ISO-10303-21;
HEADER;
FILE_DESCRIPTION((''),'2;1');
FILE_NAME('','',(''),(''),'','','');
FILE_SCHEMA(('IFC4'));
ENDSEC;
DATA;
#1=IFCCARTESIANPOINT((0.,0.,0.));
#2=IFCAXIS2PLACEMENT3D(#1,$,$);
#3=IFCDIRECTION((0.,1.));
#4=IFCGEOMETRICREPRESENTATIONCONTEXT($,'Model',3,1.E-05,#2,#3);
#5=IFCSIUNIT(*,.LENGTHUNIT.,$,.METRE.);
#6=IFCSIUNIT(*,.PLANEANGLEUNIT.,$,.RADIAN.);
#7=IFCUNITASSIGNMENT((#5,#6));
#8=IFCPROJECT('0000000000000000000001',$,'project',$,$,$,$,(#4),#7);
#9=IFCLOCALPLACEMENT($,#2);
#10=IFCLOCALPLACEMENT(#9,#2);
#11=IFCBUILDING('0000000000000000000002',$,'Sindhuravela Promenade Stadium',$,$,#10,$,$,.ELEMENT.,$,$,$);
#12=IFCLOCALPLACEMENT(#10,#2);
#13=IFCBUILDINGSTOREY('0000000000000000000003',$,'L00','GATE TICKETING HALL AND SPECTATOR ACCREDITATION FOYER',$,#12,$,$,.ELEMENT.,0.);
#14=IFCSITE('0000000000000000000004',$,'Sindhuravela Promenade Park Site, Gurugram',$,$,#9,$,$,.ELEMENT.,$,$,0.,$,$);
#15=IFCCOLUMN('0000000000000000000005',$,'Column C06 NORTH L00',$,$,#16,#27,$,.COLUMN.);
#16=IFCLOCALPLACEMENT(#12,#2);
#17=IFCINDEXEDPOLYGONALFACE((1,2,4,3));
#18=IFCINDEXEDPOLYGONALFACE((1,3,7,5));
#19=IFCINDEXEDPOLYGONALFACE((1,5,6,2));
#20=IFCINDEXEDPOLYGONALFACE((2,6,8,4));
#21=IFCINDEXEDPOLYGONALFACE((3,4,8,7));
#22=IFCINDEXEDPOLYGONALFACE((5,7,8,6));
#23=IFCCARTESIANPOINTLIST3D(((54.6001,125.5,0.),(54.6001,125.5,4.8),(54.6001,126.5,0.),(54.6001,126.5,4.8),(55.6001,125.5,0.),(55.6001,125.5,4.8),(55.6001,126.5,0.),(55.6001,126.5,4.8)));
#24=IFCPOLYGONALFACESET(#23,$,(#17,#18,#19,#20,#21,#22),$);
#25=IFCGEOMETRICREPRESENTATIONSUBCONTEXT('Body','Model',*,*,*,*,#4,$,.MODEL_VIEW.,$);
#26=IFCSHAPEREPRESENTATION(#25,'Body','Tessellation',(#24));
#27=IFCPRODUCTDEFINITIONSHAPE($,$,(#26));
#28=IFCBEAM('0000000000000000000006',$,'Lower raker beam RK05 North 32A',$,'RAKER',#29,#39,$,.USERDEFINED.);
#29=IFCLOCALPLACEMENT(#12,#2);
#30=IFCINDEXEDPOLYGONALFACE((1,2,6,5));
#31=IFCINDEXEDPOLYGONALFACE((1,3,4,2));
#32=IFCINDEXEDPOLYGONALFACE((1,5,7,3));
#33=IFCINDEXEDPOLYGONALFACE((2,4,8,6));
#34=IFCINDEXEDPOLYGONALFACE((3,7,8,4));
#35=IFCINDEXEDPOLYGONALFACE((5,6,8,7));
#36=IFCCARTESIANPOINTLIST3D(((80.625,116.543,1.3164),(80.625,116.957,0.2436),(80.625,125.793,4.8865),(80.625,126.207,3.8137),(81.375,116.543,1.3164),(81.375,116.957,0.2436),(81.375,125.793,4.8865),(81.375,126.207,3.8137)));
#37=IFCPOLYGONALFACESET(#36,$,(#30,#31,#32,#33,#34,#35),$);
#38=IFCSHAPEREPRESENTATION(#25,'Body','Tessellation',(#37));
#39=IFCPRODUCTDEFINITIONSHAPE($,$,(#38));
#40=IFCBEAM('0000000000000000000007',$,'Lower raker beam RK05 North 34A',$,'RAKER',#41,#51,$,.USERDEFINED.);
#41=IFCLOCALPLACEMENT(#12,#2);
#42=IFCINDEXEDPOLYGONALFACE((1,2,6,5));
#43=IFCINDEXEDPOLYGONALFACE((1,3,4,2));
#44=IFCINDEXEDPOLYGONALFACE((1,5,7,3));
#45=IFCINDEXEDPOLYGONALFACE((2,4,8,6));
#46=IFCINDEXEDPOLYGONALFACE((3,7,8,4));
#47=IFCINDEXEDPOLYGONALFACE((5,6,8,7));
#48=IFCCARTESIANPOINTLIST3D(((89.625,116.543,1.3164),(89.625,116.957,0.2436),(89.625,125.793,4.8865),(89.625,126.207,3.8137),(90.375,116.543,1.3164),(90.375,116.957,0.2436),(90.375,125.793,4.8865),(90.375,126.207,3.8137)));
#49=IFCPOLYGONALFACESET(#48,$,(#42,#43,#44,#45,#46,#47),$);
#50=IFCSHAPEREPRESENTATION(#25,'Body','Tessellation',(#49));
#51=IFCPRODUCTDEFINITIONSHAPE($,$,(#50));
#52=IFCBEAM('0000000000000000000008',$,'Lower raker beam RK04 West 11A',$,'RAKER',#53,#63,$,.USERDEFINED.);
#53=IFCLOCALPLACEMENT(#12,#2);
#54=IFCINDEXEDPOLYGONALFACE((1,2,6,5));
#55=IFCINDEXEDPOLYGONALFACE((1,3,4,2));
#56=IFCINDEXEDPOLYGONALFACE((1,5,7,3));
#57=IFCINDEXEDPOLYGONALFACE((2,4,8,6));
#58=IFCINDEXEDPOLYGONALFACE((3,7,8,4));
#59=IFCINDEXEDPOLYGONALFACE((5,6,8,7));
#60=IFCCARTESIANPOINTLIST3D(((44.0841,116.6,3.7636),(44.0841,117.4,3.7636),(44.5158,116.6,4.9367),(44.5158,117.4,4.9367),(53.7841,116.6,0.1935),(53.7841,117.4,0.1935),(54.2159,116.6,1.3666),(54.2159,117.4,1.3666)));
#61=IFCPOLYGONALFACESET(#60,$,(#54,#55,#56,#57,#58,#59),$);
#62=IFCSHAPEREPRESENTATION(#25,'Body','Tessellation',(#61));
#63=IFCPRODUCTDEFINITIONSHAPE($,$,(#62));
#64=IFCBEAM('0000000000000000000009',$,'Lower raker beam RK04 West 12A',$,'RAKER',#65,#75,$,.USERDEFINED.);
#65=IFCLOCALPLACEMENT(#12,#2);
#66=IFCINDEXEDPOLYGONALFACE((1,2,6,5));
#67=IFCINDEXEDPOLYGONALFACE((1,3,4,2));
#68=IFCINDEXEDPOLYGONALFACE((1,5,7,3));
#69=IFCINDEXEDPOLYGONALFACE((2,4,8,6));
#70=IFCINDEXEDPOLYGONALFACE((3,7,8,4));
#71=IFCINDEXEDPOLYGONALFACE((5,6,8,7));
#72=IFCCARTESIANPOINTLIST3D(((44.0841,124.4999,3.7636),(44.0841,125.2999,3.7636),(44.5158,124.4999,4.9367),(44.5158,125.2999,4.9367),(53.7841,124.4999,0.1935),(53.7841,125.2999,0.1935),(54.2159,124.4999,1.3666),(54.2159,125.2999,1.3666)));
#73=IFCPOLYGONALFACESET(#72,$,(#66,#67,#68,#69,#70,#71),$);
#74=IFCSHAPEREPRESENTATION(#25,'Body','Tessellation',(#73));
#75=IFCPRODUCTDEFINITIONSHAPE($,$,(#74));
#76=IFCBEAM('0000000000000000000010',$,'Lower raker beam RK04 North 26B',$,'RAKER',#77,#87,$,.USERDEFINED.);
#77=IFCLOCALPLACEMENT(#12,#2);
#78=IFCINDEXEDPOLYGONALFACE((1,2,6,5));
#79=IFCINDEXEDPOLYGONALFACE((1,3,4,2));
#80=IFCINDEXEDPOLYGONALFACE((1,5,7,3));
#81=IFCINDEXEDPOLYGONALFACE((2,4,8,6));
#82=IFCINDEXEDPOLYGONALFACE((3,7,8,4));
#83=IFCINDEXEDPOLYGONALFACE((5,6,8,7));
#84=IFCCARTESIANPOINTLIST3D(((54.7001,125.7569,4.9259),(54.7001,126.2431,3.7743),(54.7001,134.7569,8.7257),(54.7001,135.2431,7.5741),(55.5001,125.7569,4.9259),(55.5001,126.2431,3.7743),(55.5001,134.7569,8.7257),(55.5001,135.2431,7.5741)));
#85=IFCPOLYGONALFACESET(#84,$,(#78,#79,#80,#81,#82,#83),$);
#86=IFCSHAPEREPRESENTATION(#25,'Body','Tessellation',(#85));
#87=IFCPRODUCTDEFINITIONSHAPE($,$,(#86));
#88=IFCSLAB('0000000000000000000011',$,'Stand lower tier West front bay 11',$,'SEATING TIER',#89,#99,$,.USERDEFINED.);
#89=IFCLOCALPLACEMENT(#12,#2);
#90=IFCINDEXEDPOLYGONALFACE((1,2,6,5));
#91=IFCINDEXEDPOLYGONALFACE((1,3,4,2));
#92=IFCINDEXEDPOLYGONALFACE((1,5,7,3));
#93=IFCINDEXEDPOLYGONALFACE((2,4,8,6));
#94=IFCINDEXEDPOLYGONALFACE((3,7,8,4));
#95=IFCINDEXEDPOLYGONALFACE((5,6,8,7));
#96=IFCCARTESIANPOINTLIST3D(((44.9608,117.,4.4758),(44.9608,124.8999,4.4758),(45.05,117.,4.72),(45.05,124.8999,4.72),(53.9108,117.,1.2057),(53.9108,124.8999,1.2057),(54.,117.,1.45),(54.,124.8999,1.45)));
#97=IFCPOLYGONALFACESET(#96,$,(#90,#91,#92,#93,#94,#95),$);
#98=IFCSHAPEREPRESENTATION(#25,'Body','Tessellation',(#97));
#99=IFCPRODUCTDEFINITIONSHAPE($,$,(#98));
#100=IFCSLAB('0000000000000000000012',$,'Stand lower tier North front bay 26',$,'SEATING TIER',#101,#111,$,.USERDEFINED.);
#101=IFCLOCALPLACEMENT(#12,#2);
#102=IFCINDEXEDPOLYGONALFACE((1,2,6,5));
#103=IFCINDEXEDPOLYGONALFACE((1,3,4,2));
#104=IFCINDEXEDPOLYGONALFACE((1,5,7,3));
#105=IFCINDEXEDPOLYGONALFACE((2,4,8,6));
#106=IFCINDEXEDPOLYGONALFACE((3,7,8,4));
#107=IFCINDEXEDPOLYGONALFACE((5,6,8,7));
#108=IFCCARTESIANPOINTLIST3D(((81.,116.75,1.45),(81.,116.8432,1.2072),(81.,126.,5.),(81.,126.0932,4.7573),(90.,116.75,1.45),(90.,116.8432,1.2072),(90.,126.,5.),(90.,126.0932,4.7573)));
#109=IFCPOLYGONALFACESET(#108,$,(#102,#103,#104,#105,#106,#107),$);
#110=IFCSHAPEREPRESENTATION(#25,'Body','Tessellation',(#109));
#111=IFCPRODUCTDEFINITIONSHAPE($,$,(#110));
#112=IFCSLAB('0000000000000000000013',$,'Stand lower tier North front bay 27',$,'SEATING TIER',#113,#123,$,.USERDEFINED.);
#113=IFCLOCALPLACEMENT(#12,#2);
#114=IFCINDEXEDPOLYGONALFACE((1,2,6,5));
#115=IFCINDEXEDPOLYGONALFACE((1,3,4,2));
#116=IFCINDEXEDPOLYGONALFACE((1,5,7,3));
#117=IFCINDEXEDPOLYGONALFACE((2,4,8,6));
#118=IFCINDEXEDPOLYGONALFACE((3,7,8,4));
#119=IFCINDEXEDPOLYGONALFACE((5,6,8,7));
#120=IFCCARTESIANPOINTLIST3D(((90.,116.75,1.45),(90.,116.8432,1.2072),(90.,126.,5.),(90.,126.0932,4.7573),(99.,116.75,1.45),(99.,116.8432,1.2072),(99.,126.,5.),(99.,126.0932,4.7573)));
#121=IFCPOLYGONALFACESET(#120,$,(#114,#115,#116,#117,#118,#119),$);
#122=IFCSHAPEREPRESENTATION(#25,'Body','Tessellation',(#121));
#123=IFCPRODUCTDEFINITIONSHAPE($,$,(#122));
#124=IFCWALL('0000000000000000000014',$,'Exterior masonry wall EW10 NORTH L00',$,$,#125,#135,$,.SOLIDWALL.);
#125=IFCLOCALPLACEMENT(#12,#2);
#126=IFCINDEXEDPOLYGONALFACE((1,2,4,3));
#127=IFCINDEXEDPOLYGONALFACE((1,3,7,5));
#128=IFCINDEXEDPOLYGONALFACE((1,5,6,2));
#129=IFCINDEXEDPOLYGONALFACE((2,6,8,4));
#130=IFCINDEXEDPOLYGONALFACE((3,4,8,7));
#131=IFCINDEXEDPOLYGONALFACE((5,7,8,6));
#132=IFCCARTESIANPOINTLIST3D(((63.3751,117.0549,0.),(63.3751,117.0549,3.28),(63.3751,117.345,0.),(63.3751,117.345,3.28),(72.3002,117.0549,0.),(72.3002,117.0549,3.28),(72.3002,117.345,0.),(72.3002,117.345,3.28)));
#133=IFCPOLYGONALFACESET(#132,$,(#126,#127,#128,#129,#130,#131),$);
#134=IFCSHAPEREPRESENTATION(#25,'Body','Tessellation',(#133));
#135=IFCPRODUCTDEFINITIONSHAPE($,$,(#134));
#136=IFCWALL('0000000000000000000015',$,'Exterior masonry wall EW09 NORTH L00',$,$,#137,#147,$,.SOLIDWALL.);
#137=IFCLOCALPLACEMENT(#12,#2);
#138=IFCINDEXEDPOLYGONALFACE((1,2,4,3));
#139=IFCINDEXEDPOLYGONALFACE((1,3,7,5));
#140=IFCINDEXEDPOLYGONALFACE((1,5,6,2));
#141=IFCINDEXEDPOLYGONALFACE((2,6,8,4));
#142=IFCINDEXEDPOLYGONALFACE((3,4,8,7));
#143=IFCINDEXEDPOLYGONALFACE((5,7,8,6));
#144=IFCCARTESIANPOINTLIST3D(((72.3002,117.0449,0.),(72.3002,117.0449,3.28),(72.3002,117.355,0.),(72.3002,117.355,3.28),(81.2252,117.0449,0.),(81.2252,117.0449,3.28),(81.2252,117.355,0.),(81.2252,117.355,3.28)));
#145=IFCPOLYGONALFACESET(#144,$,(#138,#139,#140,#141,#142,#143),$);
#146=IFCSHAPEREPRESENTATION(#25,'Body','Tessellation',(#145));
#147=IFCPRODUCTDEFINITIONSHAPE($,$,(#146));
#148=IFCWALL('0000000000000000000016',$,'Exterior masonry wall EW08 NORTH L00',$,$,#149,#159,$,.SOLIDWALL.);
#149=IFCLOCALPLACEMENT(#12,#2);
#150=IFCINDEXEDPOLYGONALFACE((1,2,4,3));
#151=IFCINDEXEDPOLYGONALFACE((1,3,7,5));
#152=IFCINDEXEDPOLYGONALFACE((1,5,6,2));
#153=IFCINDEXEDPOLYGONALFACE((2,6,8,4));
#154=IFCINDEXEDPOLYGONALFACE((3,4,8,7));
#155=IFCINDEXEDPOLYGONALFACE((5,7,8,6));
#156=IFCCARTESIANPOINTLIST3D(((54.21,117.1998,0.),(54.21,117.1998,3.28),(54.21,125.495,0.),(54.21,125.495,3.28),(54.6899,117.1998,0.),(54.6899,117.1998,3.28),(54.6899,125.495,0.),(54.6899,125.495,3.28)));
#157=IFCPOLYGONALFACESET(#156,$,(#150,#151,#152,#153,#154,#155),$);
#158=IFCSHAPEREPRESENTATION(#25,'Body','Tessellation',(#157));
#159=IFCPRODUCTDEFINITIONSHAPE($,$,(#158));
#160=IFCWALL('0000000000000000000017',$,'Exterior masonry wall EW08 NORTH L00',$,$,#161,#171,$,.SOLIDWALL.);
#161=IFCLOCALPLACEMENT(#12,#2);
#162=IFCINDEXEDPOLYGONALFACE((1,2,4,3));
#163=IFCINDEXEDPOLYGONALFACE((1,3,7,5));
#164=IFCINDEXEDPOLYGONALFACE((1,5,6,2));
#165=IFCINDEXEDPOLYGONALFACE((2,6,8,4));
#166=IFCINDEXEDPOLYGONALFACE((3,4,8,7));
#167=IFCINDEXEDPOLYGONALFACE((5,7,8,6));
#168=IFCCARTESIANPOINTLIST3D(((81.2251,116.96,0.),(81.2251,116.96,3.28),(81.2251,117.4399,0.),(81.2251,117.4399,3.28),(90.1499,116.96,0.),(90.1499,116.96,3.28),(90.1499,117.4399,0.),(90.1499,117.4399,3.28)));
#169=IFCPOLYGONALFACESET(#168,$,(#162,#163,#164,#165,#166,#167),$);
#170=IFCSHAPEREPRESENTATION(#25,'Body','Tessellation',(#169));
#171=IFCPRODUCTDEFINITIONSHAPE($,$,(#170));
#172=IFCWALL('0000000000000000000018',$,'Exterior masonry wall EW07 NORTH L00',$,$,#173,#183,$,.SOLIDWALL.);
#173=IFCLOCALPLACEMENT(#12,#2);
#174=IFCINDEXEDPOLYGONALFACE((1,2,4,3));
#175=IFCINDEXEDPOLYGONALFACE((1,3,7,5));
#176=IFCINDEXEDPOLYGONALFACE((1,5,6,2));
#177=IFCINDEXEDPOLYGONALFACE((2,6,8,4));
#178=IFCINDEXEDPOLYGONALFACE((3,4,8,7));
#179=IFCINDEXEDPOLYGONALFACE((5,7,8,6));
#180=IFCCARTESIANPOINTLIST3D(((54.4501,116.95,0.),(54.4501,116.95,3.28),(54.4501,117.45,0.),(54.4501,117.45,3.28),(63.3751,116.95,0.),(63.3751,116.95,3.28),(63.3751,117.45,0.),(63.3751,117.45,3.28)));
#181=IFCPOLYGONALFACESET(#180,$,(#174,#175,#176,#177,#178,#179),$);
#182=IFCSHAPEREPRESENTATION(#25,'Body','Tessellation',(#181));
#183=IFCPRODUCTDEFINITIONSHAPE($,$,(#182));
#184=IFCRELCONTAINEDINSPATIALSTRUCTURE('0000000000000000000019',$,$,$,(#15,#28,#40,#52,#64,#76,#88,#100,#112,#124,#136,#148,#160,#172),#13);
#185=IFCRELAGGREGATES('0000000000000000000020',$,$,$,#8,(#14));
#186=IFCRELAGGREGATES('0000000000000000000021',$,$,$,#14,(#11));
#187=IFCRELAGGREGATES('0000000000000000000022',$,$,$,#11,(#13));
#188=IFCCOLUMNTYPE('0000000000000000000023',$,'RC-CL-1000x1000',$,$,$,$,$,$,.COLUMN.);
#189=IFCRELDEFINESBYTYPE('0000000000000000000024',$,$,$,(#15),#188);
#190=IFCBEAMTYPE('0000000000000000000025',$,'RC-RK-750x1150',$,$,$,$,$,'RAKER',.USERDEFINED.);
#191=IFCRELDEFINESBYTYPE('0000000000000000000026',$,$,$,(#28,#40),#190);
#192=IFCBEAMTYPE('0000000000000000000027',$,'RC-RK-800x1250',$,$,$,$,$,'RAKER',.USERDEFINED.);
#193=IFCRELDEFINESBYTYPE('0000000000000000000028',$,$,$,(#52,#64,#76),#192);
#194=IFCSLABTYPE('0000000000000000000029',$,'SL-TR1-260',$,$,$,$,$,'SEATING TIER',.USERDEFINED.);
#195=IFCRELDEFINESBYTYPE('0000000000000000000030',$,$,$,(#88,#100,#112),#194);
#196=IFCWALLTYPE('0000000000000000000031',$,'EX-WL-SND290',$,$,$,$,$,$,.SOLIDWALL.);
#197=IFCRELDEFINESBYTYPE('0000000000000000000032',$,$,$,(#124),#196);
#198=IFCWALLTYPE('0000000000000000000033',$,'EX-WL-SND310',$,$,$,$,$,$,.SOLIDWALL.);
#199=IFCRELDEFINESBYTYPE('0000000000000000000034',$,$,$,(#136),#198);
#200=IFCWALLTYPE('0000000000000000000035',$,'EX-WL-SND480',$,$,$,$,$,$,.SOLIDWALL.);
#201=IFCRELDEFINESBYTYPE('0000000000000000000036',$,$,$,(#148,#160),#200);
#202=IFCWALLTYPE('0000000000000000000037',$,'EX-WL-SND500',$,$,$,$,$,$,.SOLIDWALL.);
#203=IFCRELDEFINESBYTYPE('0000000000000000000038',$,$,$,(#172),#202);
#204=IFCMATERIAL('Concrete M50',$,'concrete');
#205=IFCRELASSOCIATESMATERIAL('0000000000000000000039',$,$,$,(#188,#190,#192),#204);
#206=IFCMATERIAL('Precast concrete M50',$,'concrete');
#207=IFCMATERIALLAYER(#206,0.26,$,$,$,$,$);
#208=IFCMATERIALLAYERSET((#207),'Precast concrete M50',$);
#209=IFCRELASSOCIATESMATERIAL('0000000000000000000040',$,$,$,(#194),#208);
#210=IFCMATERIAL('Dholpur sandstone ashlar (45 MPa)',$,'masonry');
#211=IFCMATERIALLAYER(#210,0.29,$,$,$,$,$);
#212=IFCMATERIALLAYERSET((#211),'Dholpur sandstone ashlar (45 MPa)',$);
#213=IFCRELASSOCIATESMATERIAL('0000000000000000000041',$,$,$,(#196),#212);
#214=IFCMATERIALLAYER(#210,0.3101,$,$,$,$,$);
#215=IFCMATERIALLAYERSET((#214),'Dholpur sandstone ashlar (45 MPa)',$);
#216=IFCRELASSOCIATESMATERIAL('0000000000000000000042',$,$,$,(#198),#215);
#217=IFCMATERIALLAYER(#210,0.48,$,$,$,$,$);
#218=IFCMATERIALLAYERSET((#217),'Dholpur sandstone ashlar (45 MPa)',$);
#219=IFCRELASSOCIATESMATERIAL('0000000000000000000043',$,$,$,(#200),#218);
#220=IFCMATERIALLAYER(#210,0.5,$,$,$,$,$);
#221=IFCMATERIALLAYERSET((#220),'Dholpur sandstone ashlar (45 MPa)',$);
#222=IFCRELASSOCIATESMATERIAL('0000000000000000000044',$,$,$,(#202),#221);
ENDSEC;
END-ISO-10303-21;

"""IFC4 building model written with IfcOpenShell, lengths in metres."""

from ifc_helpers import new_model, si_unit, direction, frame, frame_2d, origin, origin_2d, place, context, subcontext, project, spatial, polyline, rectangle, outline, extrude, material, layer, layer_set, material_profile, profile_set, type_object, element, save


model = new_model("IFC4")

# Units and contexts
model_context = context("Model", 3, precision=1e-05, world=origin(), true_north=direction((0.0, 1.0)))
body_context = subcontext(model_context, "Body", "Model", "MODEL_VIEW")
ifc_project = project(units=[si_unit("LENGTHUNIT", "METRE"), si_unit("PLANEANGLEUNIT", "RADIAN")], contexts=[model_context])

# Site, building, storey
site_placement = place(None, origin())
site = spatial("IfcSite", under=ifc_project, at=site_placement, Name="Sindhuravela Promenade Park Site, Gurugram", CompositionType="ELEMENT", RefElevation=0.0)
building_placement = place(site_placement, origin())
building = spatial("IfcBuilding", under=site, at=building_placement, Name="Sindhuravela Promenade Stadium", CompositionType="ELEMENT")
storey_placement = place(building_placement, origin())
storey = spatial("IfcBuildingStorey", under=building, at=storey_placement, Name="L00", Description="GATE TICKETING HALL AND SPECTATOR ACCREDITATION FOYER", CompositionType="ELEMENT", Elevation=0.0)

# Column
ifc_material_1 = material(Name="Concrete M50", Category="concrete")
ifc_material_profile_1 = material_profile(ifc_material_1, rectangle(XDim=1.0, YDim=1.0, at=origin_2d()), Name="RC 1000x1000")
ifc_profile_set_1 = profile_set([ifc_material_profile_1], Name="Concrete M50")
column_type = type_object("IfcColumnType", Name="RC-CL-1000x1000", PredefinedType="COLUMN", material=ifc_profile_set_1)
column_placement = place(storey_placement, frame((55.1001, 126.0, 0.0), z_axis=(0.0, 0.0, 1.0), x_axis=(1.0, 0.0, 0.0)))
element("IfcColumn", 1, at=column_placement, inside=storey, type_object=column_type, Name="Column C06 NORTH L00", PredefinedType="COLUMN", context=body_context, shape_type="SweptSolid", body=[
    extrude(rectangle(XDim=1.0, YDim=1.0, at=origin_2d()), origin(), (0.0, 0.0, 1.0), 4.8),
])

# Beams
ifc_material_profile_2 = material_profile(ifc_material_1, rectangle(XDim=0.75, YDim=1.1499, at=origin_2d()), Name="RC 750x1150")
ifc_profile_set_2 = profile_set([ifc_material_profile_2], Name="Concrete M50")
beam_type_1 = type_object("IfcBeamType", Name="RC-RK-750x1150", ElementType="RAKER", PredefinedType="USERDEFINED", material=ifc_profile_set_2)
for number, where, z_axis, x_axis, name in (
    (2, (81.0, 116.75, 0.78), (0.0, 0.932927, 0.360066), (-1.0, 0.0, 0.0), "Lower raker beam RK05 North 32A"),
    (3, (90.0, 116.75, 0.78), (0.0, 0.932927, 0.360066), (-1.0, 0.0, 0.0), "Lower raker beam RK05 North 34A"),
):
    element("IfcBeam", number, at=place(storey_placement, frame(where, z_axis=z_axis, x_axis=x_axis)), inside=storey, type_object=beam_type_1, Name=name, ObjectType="RAKER", PredefinedType="USERDEFINED", context=body_context, shape_type="SweptSolid", body=[
        extrude(rectangle(XDim=0.75, YDim=1.1499, at=origin_2d()), origin(), (0.0, 0.0, 1.0), 9.915),
    ])
ifc_material_profile_3 = material_profile(ifc_material_1, rectangle(XDim=0.8, YDim=1.25, at=origin_2d()), Name="RC 800x1250")
ifc_profile_set_3 = profile_set([ifc_material_profile_3], Name="Concrete M50")
beam_type_2 = type_object("IfcBeamType", Name="RC-RK-800x1250", ElementType="RAKER", PredefinedType="USERDEFINED", material=ifc_profile_set_3)
for number, where, z_axis, x_axis, name in (
    (4, (54.0, 117.0, 0.78), (-0.938456, 0.0, 0.345399), (0.0, -1.0, 0.0), "Lower raker beam RK04 West 11A"),
    (5, (54.0, 124.8999, 0.78), (-0.938456, 0.0, 0.345399), (0.0, -1.0, 0.0), "Lower raker beam RK04 West 12A"),
):
    element("IfcBeam", number, at=place(storey_placement, frame(where, z_axis=z_axis, x_axis=x_axis)), inside=storey, type_object=beam_type_2, Name=name, ObjectType="RAKER", PredefinedType="USERDEFINED", context=body_context, shape_type="SweptSolid", body=[
        extrude(rectangle(XDim=0.8, YDim=1.25, at=origin_2d()), origin(), (0.0, 0.0, 1.0), 10.3362),
    ])
beam_placement = place(storey_placement, frame((55.1001, 126.0, 4.3501), z_axis=(0.0, 0.921257, 0.388955), x_axis=(-1.0, 0.0, 0.0)))
element("IfcBeam", 6, at=beam_placement, inside=storey, type_object=beam_type_2, Name="Lower raker beam RK04 North 26B", ObjectType="RAKER", PredefinedType="USERDEFINED", context=body_context, shape_type="SweptSolid", body=[
    extrude(rectangle(XDim=0.8, YDim=1.25, at=origin_2d()), origin(), (0.0, 0.0, 1.0), 9.7693),
])

# Slabs
ifc_material_2 = material(Name="Precast concrete M50", Category="concrete")
ifc_layer_1 = layer(ifc_material_2, 0.26)
ifc_layer_set_1 = layer_set([ifc_layer_1], Name="Precast concrete M50")
slab_type = type_object("IfcSlabType", Name="SL-TR1-260", ElementType="SEATING TIER", PredefinedType="USERDEFINED", material=ifc_layer_set_1)
slab_placement = place(storey_placement, frame((54.0, 117.0, 1.45), z_axis=(0.343179, 0.0, 0.93927), x_axis=(0.0, 1.0, 0.0)))
element("IfcSlab", 7, at=slab_placement, inside=storey, type_object=slab_type, Name="Stand lower tier West front bay 11", ObjectType="SEATING TIER", PredefinedType="USERDEFINED", context=body_context, shape_type="SweptSolid", body=[
    extrude(outline(polyline([(0.0, 0.0), (7.8999, 0.0), (7.8999, 9.5286), (0.0, 9.5286), (0.0, 0.0)])), origin(), (0.0, 0.0, -1.0), 0.26),
])
for number, where, z_axis, x_axis, name in (
    (8, (81.0, 116.75, 1.45), (0.0, -0.358307, 0.933604), (1.0, 0.0, 0.0), "Stand lower tier North front bay 26"),
    (9, (90.0, 116.75, 1.45), (0.0, -0.358307, 0.933604), (1.0, 0.0, 0.0), "Stand lower tier North front bay 27"),
):
    element("IfcSlab", number, at=place(storey_placement, frame(where, z_axis=z_axis, x_axis=x_axis)), inside=storey, type_object=slab_type, Name=name, ObjectType="SEATING TIER", PredefinedType="USERDEFINED", context=body_context, shape_type="SweptSolid", body=[
        extrude(outline(polyline([(0.0, 0.0), (9.0, 0.0), (9.0, 9.9078), (0.0, 9.9078), (0.0, 0.0)])), origin(), (0.0, 0.0, -1.0), 0.26),
    ])

# Walls
ifc_material_3 = material(Name="Dholpur sandstone ashlar (45 MPa)", Category="masonry")
ifc_layer_2 = layer(ifc_material_3, 0.29)
ifc_layer_set_2 = layer_set([ifc_layer_2], Name="Dholpur sandstone ashlar (45 MPa)")
wall_type_1 = type_object("IfcWallType", Name="EX-WL-SND290", PredefinedType="SOLIDWALL", material=ifc_layer_set_2)
wall_1_placement = place(storey_placement, frame((72.3, 117.2, 0.0), z_axis=(0.0, 0.0, 1.0), x_axis=(-1.0, 0.0, 0.0)))
element("IfcWall", 10, at=wall_1_placement, inside=storey, type_object=wall_type_1, Name="Exterior masonry wall EW10 NORTH L00", PredefinedType="SOLIDWALL", context=body_context, shape_type="SweptSolid", body=[
    extrude(rectangle(XDim=8.925, YDim=0.29, at=frame_2d((4.4624, 0.0))), origin(), (0.0, 0.0, 1.0), 3.28),
])
ifc_layer_3 = layer(ifc_material_3, 0.3101)
ifc_layer_set_3 = layer_set([ifc_layer_3], Name="Dholpur sandstone ashlar (45 MPa)")
wall_type_2 = type_object("IfcWallType", Name="EX-WL-SND310", PredefinedType="SOLIDWALL", material=ifc_layer_set_3)
wall_2_placement = place(storey_placement, frame((81.2251, 117.2, 0.0), z_axis=(0.0, 0.0, 1.0), x_axis=(-1.0, 0.0, 0.0)))
element("IfcWall", 11, at=wall_2_placement, inside=storey, type_object=wall_type_2, Name="Exterior masonry wall EW09 NORTH L00", PredefinedType="SOLIDWALL", context=body_context, shape_type="SweptSolid", body=[
    extrude(rectangle(XDim=8.925, YDim=0.3101, at=frame_2d((4.4624, 0.0))), origin(), (0.0, 0.0, 1.0), 3.28),
])
ifc_layer_4 = layer(ifc_material_3, 0.48)
ifc_layer_set_4 = layer_set([ifc_layer_4], Name="Dholpur sandstone ashlar (45 MPa)")
wall_type_3 = type_object("IfcWallType", Name="EX-WL-SND480", PredefinedType="SOLIDWALL", material=ifc_layer_set_4)
wall_3_placement = place(storey_placement, frame((54.45, 117.2, 0.0), z_axis=(0.0, 0.0, 1.0), x_axis=(0.0, 1.0, 0.0)))
element("IfcWall", 12, at=wall_3_placement, inside=storey, type_object=wall_type_3, Name="Exterior masonry wall EW08 NORTH L00", PredefinedType="SOLIDWALL", context=body_context, shape_type="SweptSolid", body=[
    extrude(rectangle(XDim=8.2952, YDim=0.48, at=frame_2d((4.1475, 0.0))), origin(), (0.0, 0.0, 1.0), 3.28),
])
wall_4_placement = place(storey_placement, frame((90.1499, 117.2, 0.0), z_axis=(0.0, 0.0, 1.0), x_axis=(-1.0, 0.0, 0.0)))
element("IfcWall", 13, at=wall_4_placement, inside=storey, type_object=wall_type_3, Name="Exterior masonry wall EW08 NORTH L00", PredefinedType="SOLIDWALL", context=body_context, shape_type="SweptSolid", body=[
    extrude(rectangle(XDim=8.9248, YDim=0.48, at=frame_2d((4.4624, 0.0))), origin(), (0.0, 0.0, 1.0), 3.28),
])
ifc_layer_5 = layer(ifc_material_3, 0.5)
ifc_layer_set_5 = layer_set([ifc_layer_5], Name="Dholpur sandstone ashlar (45 MPa)")
wall_type_4 = type_object("IfcWallType", Name="EX-WL-SND500", PredefinedType="SOLIDWALL", material=ifc_layer_set_5)
wall_5_placement = place(storey_placement, frame((63.375, 117.2, 0.0), z_axis=(0.0, 0.0, 1.0), x_axis=(-1.0, 0.0, 0.0)))
element("IfcWall", 14, at=wall_5_placement, inside=storey, type_object=wall_type_4, Name="Exterior masonry wall EW07 NORTH L00", PredefinedType="SOLIDWALL", context=body_context, shape_type="SweptSolid", body=[
    extrude(rectangle(XDim=8.925, YDim=0.5, at=frame_2d((4.4624, 0.0))), origin(), (0.0, 0.0, 1.0), 3.28),
])

save(model, "model.ifc")
